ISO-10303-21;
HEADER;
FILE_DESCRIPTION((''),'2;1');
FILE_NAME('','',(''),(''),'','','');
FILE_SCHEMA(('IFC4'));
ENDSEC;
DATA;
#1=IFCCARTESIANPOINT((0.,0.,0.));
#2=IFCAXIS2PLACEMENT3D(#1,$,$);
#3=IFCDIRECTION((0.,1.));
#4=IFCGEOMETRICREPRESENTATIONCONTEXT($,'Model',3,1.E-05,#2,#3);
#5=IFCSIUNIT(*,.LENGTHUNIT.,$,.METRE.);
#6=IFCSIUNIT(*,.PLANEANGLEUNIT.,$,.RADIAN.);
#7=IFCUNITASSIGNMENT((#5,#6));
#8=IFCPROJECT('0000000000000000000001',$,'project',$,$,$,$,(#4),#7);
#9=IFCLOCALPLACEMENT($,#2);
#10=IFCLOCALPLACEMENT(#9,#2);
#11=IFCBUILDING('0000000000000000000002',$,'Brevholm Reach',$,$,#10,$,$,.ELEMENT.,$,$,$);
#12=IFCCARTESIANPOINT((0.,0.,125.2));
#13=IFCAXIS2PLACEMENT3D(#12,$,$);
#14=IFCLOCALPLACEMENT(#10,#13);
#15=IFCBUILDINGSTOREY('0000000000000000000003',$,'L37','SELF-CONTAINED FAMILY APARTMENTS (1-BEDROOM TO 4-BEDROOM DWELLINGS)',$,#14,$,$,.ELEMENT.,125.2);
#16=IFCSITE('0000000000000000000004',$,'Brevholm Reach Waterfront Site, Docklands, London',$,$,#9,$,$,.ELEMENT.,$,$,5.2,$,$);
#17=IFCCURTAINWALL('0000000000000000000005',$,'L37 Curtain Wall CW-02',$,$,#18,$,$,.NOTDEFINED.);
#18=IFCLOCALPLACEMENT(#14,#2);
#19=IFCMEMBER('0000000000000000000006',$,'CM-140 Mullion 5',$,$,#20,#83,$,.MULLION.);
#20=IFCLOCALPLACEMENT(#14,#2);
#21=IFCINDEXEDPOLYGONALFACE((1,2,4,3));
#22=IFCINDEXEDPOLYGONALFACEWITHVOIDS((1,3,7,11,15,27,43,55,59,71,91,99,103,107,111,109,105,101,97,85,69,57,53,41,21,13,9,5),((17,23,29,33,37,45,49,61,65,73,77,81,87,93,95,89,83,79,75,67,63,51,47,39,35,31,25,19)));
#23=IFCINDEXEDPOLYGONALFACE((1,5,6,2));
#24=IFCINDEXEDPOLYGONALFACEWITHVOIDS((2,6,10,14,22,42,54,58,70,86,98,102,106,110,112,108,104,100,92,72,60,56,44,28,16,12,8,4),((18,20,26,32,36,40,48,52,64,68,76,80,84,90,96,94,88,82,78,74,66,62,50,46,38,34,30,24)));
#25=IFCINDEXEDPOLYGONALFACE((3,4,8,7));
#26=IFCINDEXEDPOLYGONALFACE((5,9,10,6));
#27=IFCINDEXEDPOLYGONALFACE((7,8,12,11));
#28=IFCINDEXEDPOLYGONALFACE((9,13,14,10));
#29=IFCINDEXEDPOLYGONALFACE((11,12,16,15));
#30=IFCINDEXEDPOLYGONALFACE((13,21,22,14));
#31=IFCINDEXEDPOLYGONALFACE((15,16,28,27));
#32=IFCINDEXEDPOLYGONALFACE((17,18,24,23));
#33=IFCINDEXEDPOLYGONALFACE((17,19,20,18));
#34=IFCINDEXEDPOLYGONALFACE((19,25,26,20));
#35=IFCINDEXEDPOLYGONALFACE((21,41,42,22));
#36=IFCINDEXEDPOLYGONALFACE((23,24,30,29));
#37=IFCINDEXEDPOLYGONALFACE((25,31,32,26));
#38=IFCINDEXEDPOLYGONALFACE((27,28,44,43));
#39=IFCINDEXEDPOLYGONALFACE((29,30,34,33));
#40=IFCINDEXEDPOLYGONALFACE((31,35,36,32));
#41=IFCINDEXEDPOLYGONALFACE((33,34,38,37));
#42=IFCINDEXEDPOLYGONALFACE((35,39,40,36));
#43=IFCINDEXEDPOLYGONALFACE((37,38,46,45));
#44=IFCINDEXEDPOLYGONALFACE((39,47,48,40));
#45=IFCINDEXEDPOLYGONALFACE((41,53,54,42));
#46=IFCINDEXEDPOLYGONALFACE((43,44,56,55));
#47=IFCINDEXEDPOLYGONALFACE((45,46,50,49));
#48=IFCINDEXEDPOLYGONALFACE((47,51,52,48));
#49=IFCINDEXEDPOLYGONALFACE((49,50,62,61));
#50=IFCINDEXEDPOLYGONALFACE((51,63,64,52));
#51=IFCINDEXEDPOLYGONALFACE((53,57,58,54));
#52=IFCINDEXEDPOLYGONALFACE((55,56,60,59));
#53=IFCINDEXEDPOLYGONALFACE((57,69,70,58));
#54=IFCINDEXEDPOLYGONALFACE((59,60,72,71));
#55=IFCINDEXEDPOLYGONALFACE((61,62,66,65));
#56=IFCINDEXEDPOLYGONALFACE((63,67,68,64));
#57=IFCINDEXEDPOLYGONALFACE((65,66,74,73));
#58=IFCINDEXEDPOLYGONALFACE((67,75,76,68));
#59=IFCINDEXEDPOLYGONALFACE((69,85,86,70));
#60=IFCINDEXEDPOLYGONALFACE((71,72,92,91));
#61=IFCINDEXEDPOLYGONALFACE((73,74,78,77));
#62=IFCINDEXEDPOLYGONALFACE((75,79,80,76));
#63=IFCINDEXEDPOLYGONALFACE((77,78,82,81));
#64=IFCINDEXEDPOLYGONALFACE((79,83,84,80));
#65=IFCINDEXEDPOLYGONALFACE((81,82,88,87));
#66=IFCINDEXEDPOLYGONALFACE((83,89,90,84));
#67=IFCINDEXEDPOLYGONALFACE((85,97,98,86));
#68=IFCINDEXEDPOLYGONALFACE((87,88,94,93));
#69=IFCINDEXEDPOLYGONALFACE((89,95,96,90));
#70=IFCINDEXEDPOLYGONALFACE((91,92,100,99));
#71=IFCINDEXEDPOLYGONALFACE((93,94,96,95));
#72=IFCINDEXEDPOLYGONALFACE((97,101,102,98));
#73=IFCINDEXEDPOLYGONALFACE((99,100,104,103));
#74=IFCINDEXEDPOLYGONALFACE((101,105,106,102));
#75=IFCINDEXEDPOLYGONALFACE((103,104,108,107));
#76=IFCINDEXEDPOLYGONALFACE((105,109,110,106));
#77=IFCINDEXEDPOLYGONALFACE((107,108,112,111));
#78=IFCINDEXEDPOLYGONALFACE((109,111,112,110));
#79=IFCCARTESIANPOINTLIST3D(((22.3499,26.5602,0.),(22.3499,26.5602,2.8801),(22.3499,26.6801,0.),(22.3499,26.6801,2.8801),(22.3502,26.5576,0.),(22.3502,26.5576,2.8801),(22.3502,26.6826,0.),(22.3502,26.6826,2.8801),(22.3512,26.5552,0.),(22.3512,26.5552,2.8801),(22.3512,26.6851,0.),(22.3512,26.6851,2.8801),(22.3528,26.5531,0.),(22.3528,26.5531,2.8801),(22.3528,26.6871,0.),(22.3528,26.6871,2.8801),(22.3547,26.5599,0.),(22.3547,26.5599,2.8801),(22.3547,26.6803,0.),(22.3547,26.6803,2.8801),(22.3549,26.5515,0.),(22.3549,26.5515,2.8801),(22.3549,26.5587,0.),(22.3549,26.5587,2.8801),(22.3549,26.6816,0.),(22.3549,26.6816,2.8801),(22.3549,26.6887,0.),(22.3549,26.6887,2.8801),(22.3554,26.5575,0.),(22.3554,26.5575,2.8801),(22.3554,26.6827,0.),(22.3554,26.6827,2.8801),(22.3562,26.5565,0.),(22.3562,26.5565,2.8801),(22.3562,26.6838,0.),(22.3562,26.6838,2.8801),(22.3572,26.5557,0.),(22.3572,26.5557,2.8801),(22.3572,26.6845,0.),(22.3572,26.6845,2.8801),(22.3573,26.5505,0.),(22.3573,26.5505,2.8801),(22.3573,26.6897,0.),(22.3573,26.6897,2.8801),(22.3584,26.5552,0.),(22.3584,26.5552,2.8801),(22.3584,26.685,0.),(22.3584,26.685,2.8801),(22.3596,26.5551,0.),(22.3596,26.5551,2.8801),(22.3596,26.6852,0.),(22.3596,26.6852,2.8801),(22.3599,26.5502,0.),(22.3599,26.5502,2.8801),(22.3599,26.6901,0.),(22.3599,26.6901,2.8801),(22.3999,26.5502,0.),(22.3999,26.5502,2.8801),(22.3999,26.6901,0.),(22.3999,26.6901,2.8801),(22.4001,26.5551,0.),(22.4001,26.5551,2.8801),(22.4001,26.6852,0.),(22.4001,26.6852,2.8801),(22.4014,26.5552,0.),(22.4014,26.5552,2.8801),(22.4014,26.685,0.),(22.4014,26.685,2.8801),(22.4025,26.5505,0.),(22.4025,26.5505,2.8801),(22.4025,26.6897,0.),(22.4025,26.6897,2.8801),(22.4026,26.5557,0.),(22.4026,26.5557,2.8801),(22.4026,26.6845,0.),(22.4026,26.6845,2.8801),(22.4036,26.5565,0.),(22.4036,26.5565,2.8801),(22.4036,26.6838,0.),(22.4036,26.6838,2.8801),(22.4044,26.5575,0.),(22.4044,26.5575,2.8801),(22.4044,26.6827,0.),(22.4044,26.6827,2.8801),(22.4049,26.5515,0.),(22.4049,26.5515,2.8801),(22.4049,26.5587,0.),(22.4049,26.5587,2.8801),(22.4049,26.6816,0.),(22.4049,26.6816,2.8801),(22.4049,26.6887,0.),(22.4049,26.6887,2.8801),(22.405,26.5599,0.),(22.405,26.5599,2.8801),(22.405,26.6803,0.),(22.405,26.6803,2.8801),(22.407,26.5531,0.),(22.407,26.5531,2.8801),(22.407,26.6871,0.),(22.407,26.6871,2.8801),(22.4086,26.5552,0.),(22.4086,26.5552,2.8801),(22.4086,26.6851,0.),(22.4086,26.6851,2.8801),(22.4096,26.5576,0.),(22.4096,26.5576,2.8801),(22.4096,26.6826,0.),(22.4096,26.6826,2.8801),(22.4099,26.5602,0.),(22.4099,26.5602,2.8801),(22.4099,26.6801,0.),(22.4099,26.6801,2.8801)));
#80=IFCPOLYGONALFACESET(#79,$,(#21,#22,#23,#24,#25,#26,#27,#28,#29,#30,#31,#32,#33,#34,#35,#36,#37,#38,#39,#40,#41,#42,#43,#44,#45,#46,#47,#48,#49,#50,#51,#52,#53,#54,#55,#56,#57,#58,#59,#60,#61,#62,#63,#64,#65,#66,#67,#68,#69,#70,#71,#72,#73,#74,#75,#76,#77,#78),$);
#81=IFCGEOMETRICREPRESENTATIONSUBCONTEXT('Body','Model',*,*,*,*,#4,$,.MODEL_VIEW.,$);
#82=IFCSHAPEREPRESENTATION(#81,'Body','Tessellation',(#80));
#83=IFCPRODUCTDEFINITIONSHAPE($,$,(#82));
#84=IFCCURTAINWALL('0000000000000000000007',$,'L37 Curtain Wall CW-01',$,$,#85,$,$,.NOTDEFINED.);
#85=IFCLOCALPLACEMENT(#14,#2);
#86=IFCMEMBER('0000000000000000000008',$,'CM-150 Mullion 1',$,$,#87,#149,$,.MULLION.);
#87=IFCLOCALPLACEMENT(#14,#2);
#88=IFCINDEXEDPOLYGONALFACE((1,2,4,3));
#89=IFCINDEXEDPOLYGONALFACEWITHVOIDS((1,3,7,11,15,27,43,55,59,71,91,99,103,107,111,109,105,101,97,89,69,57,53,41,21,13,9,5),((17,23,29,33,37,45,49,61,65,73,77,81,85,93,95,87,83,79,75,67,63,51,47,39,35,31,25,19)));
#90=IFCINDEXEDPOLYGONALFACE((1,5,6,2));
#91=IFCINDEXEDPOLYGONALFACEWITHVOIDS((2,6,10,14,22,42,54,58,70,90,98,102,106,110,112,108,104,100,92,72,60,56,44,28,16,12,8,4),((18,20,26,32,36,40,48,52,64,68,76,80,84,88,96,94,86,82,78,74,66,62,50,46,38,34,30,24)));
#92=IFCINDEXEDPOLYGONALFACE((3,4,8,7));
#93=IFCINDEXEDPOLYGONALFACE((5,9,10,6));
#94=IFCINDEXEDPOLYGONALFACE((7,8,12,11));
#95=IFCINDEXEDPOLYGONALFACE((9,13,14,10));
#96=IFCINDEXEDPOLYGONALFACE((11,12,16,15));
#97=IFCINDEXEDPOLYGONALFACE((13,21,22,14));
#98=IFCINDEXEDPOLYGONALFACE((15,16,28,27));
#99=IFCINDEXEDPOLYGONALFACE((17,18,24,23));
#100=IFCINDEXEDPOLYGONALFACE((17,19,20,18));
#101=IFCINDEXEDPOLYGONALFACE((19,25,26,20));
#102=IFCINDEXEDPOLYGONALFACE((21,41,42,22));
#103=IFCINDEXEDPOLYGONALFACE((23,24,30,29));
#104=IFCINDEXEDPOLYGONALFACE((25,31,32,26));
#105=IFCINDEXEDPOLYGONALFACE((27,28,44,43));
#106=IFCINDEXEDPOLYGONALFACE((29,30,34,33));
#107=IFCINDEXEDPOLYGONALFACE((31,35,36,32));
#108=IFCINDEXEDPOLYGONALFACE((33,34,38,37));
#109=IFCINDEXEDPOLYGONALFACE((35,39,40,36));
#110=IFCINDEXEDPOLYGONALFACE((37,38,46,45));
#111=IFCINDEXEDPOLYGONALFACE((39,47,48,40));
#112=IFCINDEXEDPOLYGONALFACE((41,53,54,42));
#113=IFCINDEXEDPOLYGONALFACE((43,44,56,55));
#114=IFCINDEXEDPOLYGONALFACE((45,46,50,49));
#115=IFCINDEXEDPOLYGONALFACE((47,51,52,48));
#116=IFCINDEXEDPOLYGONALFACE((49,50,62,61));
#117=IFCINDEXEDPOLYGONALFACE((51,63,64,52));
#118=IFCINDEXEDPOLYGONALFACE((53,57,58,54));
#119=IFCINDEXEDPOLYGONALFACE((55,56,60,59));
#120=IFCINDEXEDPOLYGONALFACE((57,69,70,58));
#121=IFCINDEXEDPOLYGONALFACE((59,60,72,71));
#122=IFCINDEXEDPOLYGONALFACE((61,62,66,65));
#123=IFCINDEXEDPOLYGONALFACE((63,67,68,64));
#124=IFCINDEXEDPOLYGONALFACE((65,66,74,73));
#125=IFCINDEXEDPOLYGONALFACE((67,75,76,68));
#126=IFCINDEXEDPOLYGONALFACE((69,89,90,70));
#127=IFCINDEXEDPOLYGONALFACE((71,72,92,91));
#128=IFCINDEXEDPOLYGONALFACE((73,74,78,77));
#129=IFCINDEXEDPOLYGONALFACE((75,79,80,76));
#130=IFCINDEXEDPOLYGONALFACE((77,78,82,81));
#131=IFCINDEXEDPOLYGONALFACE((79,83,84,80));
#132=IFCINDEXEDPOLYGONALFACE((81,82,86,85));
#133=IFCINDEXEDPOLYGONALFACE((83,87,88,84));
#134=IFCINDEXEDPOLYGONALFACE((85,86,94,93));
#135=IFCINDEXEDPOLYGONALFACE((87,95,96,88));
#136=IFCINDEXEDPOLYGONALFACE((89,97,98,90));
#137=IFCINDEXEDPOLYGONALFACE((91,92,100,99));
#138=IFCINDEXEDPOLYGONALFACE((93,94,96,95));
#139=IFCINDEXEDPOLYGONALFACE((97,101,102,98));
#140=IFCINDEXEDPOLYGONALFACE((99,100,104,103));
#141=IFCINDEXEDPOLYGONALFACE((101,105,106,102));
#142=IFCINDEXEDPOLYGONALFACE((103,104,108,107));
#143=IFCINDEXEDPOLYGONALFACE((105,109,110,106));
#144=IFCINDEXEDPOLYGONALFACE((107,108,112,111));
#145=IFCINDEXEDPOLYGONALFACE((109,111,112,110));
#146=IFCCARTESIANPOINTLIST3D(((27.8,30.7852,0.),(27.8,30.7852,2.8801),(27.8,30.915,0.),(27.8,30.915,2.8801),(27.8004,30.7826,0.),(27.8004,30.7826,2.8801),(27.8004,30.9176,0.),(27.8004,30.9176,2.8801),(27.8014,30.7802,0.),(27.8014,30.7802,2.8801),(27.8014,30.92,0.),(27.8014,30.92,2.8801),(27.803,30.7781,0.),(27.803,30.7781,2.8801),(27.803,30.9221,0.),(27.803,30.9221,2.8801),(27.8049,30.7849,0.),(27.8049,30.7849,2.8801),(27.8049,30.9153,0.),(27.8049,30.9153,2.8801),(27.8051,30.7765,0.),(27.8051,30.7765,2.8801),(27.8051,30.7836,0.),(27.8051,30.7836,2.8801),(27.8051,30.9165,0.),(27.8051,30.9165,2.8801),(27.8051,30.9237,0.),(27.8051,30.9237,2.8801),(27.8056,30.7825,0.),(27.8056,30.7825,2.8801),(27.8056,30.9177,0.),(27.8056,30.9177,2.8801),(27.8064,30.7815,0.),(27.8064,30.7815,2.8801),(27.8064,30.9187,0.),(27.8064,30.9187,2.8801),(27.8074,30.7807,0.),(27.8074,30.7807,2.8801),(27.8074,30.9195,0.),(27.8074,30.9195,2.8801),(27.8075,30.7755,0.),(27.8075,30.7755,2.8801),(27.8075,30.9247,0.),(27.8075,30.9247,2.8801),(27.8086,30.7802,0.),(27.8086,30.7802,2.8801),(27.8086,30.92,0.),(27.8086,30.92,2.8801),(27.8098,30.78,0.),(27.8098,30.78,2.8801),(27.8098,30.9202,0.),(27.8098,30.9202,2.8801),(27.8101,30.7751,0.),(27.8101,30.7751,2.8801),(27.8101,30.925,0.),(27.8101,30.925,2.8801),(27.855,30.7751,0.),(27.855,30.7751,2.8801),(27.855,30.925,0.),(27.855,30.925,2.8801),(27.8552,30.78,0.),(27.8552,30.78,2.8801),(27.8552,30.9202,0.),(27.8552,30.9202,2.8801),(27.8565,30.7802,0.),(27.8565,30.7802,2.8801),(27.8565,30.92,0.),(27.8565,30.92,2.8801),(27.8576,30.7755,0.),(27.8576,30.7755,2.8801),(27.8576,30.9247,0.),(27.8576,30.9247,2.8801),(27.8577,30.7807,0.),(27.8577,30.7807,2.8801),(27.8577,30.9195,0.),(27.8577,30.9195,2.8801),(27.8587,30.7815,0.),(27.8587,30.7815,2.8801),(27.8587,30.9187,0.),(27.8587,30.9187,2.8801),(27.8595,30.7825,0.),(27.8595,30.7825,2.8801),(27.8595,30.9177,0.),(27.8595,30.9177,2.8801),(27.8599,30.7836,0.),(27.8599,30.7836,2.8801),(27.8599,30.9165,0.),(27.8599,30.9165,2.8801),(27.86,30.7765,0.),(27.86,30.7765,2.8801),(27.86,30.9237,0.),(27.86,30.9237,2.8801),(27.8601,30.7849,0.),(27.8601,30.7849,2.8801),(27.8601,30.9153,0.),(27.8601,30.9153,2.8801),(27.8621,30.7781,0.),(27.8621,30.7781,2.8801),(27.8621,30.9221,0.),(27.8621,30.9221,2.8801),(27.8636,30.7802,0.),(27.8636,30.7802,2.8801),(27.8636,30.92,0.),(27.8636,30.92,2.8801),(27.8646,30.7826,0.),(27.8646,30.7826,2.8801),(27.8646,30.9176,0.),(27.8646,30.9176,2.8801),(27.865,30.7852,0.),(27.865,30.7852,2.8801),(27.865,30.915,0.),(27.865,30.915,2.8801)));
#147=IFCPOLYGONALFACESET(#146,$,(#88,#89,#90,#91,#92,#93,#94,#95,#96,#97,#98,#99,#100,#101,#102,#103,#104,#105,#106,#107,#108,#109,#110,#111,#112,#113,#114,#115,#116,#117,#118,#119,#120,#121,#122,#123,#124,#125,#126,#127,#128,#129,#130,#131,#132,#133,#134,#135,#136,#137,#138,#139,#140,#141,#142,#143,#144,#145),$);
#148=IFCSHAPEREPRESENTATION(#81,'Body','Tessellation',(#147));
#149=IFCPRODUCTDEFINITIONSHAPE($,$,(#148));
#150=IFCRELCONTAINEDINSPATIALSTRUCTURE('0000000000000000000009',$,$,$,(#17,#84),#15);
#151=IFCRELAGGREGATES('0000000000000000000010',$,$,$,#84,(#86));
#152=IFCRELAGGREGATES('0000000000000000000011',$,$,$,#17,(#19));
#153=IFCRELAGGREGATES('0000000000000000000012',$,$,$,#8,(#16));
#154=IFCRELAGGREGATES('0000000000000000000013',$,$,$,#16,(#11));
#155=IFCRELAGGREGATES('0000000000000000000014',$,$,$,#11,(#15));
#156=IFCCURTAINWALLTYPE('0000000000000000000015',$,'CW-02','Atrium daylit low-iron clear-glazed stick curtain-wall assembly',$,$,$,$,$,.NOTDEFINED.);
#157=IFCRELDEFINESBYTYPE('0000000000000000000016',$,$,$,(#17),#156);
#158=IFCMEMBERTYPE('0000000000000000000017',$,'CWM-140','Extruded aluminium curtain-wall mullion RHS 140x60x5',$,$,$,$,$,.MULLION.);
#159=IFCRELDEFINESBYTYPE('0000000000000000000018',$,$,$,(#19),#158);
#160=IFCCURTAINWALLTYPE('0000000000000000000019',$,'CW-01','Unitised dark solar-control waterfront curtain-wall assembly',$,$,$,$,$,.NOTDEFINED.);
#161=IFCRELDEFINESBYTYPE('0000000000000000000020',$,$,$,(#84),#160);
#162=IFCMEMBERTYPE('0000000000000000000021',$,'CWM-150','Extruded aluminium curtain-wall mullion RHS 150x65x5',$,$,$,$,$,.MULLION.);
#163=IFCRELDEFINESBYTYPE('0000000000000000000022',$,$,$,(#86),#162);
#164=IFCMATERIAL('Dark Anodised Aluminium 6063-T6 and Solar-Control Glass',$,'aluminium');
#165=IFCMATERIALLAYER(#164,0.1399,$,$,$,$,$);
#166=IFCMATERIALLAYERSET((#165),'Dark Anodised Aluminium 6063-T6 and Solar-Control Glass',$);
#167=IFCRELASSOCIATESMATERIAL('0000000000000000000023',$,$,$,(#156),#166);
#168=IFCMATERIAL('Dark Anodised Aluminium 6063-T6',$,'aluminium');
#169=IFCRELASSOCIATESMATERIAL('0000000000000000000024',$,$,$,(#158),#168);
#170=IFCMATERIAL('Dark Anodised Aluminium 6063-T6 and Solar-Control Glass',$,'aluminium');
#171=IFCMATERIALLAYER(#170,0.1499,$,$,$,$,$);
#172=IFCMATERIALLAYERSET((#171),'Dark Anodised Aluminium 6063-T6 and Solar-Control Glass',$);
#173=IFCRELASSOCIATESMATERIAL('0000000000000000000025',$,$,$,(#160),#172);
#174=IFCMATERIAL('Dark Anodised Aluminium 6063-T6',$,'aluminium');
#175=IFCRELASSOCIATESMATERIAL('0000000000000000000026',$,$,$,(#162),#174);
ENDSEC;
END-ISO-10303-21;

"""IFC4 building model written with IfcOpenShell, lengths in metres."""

from ifc_helpers import new_model, si_unit, direction, frame, origin, origin_2d, place, context, subcontext, project, spatial, hollow_rectangle, extrude, material, layer, layer_set, material_profile, profile_set, type_object, element, aggregate, save


model = new_model("IFC4")

# Units and contexts
model_context = context("Model", 3, precision=1e-05, world=origin(), true_north=direction((0.0, 1.0)))
body_context = subcontext(model_context, "Body", "Model", "MODEL_VIEW")
ifc_project = project(units=[si_unit("LENGTHUNIT", "METRE"), si_unit("PLANEANGLEUNIT", "RADIAN")], contexts=[model_context])

# Site, building, storey
site_placement = place(None, origin())
site = spatial("IfcSite", under=ifc_project, at=site_placement, Name="Brevholm Reach Waterfront Site, Docklands, London", CompositionType="ELEMENT", RefElevation=5.2)
building_placement = place(site_placement, origin())
building = spatial("IfcBuilding", under=site, at=building_placement, Name="Brevholm Reach", CompositionType="ELEMENT")
storey_placement = place(building_placement, frame((0.0, 0.0, 125.2)))
storey = spatial("IfcBuildingStorey", under=building, at=storey_placement, Name="L37", Description="SELF-CONTAINED FAMILY APARTMENTS (1-BEDROOM TO 4-BEDROOM DWELLINGS)", CompositionType="ELEMENT", Elevation=125.2)

# Curtain wall, member
ifc_material_1 = material(Name="Dark Anodised Aluminium 6063-T6 and Solar-Control Glass", Category="aluminium")
ifc_layer_1 = layer(ifc_material_1, 0.1399)
ifc_layer_set_1 = layer_set([ifc_layer_1], Name="Dark Anodised Aluminium 6063-T6 and Solar-Control Glass")
curtain_wall_type_1 = type_object("IfcCurtainWallType", Name="CW-02", Description="Atrium daylit low-iron clear-glazed stick curtain-wall assembly", PredefinedType="NOTDEFINED", material=ifc_layer_set_1)
curtain_wall_1_placement = place(storey_placement, origin())
curtain_wall_1 = element("IfcCurtainWall", 1, at=curtain_wall_1_placement, inside=storey, type_object=curtain_wall_type_1, Name="L37 Curtain Wall CW-02", PredefinedType="NOTDEFINED")
ifc_material_2 = material(Name="Dark Anodised Aluminium 6063-T6", Category="aluminium")
ifc_material_profile_1 = material_profile(ifc_material_2, hollow_rectangle(XDim=0.0601, YDim=0.1399, WallThickness=0.0049, InnerFilletRadius=0.0049, OuterFilletRadius=0.01, at=origin_2d()), Name="RHS 140x60x5")
ifc_profile_set_1 = profile_set([ifc_material_profile_1], Name="Dark Anodised Aluminium 6063-T6")
member_type_1 = type_object("IfcMemberType", Name="CWM-140", Description="Extruded aluminium curtain-wall mullion RHS 140x60x5", PredefinedType="MULLION", material=ifc_profile_set_1)
member_1_placement = place(storey_placement, frame((22.3799, 26.6201, 0.0), z_axis=(0.0, 0.0, 1.0), x_axis=(-1.0, 0.0, 0.0)))
member_1 = element("IfcMember", 2, at=member_1_placement, type_object=member_type_1, Name="CM-140 Mullion 5", PredefinedType="MULLION", context=body_context, shape_type="SweptSolid", body=[
    extrude(hollow_rectangle(XDim=0.0601, YDim=0.1399, WallThickness=0.0049, InnerFilletRadius=0.0049, OuterFilletRadius=0.01, at=origin_2d()), origin(), (0.0, 0.0, 1.0), 2.8801),
])

# Curtain wall, member
ifc_material_3 = material(Name="Dark Anodised Aluminium 6063-T6 and Solar-Control Glass", Category="aluminium")
ifc_layer_2 = layer(ifc_material_3, 0.1499)
ifc_layer_set_2 = layer_set([ifc_layer_2], Name="Dark Anodised Aluminium 6063-T6 and Solar-Control Glass")
curtain_wall_type_2 = type_object("IfcCurtainWallType", Name="CW-01", Description="Unitised dark solar-control waterfront curtain-wall assembly", PredefinedType="NOTDEFINED", material=ifc_layer_set_2)
curtain_wall_2_placement = place(storey_placement, origin())
curtain_wall_2 = element("IfcCurtainWall", 3, at=curtain_wall_2_placement, inside=storey, type_object=curtain_wall_type_2, Name="L37 Curtain Wall CW-01", PredefinedType="NOTDEFINED")
ifc_material_4 = material(Name="Dark Anodised Aluminium 6063-T6", Category="aluminium")
ifc_material_profile_2 = material_profile(ifc_material_4, hollow_rectangle(XDim=0.0649, YDim=0.1499, WallThickness=0.0049, InnerFilletRadius=0.0049, OuterFilletRadius=0.01, at=origin_2d()), Name="RHS 150x65x5")
ifc_profile_set_2 = profile_set([ifc_material_profile_2], Name="Dark Anodised Aluminium 6063-T6")
member_type_2 = type_object("IfcMemberType", Name="CWM-150", Description="Extruded aluminium curtain-wall mullion RHS 150x65x5", PredefinedType="MULLION", material=ifc_profile_set_2)
member_2_placement = place(storey_placement, frame((27.8325, 30.8501, 0.0), z_axis=(0.0, 0.0, 1.0), x_axis=(1.0, 0.0, 0.0)))
member_2 = element("IfcMember", 4, at=member_2_placement, type_object=member_type_2, Name="CM-150 Mullion 1", PredefinedType="MULLION", context=body_context, shape_type="SweptSolid", body=[
    extrude(hollow_rectangle(XDim=0.0649, YDim=0.1499, WallThickness=0.0049, InnerFilletRadius=0.0049, OuterFilletRadius=0.01, at=origin_2d()), origin(), (0.0, 0.0, 1.0), 2.8801),
])

aggregate(curtain_wall_2, [member_2])
aggregate(curtain_wall_1, [member_1])

save(model, "model.ifc")
